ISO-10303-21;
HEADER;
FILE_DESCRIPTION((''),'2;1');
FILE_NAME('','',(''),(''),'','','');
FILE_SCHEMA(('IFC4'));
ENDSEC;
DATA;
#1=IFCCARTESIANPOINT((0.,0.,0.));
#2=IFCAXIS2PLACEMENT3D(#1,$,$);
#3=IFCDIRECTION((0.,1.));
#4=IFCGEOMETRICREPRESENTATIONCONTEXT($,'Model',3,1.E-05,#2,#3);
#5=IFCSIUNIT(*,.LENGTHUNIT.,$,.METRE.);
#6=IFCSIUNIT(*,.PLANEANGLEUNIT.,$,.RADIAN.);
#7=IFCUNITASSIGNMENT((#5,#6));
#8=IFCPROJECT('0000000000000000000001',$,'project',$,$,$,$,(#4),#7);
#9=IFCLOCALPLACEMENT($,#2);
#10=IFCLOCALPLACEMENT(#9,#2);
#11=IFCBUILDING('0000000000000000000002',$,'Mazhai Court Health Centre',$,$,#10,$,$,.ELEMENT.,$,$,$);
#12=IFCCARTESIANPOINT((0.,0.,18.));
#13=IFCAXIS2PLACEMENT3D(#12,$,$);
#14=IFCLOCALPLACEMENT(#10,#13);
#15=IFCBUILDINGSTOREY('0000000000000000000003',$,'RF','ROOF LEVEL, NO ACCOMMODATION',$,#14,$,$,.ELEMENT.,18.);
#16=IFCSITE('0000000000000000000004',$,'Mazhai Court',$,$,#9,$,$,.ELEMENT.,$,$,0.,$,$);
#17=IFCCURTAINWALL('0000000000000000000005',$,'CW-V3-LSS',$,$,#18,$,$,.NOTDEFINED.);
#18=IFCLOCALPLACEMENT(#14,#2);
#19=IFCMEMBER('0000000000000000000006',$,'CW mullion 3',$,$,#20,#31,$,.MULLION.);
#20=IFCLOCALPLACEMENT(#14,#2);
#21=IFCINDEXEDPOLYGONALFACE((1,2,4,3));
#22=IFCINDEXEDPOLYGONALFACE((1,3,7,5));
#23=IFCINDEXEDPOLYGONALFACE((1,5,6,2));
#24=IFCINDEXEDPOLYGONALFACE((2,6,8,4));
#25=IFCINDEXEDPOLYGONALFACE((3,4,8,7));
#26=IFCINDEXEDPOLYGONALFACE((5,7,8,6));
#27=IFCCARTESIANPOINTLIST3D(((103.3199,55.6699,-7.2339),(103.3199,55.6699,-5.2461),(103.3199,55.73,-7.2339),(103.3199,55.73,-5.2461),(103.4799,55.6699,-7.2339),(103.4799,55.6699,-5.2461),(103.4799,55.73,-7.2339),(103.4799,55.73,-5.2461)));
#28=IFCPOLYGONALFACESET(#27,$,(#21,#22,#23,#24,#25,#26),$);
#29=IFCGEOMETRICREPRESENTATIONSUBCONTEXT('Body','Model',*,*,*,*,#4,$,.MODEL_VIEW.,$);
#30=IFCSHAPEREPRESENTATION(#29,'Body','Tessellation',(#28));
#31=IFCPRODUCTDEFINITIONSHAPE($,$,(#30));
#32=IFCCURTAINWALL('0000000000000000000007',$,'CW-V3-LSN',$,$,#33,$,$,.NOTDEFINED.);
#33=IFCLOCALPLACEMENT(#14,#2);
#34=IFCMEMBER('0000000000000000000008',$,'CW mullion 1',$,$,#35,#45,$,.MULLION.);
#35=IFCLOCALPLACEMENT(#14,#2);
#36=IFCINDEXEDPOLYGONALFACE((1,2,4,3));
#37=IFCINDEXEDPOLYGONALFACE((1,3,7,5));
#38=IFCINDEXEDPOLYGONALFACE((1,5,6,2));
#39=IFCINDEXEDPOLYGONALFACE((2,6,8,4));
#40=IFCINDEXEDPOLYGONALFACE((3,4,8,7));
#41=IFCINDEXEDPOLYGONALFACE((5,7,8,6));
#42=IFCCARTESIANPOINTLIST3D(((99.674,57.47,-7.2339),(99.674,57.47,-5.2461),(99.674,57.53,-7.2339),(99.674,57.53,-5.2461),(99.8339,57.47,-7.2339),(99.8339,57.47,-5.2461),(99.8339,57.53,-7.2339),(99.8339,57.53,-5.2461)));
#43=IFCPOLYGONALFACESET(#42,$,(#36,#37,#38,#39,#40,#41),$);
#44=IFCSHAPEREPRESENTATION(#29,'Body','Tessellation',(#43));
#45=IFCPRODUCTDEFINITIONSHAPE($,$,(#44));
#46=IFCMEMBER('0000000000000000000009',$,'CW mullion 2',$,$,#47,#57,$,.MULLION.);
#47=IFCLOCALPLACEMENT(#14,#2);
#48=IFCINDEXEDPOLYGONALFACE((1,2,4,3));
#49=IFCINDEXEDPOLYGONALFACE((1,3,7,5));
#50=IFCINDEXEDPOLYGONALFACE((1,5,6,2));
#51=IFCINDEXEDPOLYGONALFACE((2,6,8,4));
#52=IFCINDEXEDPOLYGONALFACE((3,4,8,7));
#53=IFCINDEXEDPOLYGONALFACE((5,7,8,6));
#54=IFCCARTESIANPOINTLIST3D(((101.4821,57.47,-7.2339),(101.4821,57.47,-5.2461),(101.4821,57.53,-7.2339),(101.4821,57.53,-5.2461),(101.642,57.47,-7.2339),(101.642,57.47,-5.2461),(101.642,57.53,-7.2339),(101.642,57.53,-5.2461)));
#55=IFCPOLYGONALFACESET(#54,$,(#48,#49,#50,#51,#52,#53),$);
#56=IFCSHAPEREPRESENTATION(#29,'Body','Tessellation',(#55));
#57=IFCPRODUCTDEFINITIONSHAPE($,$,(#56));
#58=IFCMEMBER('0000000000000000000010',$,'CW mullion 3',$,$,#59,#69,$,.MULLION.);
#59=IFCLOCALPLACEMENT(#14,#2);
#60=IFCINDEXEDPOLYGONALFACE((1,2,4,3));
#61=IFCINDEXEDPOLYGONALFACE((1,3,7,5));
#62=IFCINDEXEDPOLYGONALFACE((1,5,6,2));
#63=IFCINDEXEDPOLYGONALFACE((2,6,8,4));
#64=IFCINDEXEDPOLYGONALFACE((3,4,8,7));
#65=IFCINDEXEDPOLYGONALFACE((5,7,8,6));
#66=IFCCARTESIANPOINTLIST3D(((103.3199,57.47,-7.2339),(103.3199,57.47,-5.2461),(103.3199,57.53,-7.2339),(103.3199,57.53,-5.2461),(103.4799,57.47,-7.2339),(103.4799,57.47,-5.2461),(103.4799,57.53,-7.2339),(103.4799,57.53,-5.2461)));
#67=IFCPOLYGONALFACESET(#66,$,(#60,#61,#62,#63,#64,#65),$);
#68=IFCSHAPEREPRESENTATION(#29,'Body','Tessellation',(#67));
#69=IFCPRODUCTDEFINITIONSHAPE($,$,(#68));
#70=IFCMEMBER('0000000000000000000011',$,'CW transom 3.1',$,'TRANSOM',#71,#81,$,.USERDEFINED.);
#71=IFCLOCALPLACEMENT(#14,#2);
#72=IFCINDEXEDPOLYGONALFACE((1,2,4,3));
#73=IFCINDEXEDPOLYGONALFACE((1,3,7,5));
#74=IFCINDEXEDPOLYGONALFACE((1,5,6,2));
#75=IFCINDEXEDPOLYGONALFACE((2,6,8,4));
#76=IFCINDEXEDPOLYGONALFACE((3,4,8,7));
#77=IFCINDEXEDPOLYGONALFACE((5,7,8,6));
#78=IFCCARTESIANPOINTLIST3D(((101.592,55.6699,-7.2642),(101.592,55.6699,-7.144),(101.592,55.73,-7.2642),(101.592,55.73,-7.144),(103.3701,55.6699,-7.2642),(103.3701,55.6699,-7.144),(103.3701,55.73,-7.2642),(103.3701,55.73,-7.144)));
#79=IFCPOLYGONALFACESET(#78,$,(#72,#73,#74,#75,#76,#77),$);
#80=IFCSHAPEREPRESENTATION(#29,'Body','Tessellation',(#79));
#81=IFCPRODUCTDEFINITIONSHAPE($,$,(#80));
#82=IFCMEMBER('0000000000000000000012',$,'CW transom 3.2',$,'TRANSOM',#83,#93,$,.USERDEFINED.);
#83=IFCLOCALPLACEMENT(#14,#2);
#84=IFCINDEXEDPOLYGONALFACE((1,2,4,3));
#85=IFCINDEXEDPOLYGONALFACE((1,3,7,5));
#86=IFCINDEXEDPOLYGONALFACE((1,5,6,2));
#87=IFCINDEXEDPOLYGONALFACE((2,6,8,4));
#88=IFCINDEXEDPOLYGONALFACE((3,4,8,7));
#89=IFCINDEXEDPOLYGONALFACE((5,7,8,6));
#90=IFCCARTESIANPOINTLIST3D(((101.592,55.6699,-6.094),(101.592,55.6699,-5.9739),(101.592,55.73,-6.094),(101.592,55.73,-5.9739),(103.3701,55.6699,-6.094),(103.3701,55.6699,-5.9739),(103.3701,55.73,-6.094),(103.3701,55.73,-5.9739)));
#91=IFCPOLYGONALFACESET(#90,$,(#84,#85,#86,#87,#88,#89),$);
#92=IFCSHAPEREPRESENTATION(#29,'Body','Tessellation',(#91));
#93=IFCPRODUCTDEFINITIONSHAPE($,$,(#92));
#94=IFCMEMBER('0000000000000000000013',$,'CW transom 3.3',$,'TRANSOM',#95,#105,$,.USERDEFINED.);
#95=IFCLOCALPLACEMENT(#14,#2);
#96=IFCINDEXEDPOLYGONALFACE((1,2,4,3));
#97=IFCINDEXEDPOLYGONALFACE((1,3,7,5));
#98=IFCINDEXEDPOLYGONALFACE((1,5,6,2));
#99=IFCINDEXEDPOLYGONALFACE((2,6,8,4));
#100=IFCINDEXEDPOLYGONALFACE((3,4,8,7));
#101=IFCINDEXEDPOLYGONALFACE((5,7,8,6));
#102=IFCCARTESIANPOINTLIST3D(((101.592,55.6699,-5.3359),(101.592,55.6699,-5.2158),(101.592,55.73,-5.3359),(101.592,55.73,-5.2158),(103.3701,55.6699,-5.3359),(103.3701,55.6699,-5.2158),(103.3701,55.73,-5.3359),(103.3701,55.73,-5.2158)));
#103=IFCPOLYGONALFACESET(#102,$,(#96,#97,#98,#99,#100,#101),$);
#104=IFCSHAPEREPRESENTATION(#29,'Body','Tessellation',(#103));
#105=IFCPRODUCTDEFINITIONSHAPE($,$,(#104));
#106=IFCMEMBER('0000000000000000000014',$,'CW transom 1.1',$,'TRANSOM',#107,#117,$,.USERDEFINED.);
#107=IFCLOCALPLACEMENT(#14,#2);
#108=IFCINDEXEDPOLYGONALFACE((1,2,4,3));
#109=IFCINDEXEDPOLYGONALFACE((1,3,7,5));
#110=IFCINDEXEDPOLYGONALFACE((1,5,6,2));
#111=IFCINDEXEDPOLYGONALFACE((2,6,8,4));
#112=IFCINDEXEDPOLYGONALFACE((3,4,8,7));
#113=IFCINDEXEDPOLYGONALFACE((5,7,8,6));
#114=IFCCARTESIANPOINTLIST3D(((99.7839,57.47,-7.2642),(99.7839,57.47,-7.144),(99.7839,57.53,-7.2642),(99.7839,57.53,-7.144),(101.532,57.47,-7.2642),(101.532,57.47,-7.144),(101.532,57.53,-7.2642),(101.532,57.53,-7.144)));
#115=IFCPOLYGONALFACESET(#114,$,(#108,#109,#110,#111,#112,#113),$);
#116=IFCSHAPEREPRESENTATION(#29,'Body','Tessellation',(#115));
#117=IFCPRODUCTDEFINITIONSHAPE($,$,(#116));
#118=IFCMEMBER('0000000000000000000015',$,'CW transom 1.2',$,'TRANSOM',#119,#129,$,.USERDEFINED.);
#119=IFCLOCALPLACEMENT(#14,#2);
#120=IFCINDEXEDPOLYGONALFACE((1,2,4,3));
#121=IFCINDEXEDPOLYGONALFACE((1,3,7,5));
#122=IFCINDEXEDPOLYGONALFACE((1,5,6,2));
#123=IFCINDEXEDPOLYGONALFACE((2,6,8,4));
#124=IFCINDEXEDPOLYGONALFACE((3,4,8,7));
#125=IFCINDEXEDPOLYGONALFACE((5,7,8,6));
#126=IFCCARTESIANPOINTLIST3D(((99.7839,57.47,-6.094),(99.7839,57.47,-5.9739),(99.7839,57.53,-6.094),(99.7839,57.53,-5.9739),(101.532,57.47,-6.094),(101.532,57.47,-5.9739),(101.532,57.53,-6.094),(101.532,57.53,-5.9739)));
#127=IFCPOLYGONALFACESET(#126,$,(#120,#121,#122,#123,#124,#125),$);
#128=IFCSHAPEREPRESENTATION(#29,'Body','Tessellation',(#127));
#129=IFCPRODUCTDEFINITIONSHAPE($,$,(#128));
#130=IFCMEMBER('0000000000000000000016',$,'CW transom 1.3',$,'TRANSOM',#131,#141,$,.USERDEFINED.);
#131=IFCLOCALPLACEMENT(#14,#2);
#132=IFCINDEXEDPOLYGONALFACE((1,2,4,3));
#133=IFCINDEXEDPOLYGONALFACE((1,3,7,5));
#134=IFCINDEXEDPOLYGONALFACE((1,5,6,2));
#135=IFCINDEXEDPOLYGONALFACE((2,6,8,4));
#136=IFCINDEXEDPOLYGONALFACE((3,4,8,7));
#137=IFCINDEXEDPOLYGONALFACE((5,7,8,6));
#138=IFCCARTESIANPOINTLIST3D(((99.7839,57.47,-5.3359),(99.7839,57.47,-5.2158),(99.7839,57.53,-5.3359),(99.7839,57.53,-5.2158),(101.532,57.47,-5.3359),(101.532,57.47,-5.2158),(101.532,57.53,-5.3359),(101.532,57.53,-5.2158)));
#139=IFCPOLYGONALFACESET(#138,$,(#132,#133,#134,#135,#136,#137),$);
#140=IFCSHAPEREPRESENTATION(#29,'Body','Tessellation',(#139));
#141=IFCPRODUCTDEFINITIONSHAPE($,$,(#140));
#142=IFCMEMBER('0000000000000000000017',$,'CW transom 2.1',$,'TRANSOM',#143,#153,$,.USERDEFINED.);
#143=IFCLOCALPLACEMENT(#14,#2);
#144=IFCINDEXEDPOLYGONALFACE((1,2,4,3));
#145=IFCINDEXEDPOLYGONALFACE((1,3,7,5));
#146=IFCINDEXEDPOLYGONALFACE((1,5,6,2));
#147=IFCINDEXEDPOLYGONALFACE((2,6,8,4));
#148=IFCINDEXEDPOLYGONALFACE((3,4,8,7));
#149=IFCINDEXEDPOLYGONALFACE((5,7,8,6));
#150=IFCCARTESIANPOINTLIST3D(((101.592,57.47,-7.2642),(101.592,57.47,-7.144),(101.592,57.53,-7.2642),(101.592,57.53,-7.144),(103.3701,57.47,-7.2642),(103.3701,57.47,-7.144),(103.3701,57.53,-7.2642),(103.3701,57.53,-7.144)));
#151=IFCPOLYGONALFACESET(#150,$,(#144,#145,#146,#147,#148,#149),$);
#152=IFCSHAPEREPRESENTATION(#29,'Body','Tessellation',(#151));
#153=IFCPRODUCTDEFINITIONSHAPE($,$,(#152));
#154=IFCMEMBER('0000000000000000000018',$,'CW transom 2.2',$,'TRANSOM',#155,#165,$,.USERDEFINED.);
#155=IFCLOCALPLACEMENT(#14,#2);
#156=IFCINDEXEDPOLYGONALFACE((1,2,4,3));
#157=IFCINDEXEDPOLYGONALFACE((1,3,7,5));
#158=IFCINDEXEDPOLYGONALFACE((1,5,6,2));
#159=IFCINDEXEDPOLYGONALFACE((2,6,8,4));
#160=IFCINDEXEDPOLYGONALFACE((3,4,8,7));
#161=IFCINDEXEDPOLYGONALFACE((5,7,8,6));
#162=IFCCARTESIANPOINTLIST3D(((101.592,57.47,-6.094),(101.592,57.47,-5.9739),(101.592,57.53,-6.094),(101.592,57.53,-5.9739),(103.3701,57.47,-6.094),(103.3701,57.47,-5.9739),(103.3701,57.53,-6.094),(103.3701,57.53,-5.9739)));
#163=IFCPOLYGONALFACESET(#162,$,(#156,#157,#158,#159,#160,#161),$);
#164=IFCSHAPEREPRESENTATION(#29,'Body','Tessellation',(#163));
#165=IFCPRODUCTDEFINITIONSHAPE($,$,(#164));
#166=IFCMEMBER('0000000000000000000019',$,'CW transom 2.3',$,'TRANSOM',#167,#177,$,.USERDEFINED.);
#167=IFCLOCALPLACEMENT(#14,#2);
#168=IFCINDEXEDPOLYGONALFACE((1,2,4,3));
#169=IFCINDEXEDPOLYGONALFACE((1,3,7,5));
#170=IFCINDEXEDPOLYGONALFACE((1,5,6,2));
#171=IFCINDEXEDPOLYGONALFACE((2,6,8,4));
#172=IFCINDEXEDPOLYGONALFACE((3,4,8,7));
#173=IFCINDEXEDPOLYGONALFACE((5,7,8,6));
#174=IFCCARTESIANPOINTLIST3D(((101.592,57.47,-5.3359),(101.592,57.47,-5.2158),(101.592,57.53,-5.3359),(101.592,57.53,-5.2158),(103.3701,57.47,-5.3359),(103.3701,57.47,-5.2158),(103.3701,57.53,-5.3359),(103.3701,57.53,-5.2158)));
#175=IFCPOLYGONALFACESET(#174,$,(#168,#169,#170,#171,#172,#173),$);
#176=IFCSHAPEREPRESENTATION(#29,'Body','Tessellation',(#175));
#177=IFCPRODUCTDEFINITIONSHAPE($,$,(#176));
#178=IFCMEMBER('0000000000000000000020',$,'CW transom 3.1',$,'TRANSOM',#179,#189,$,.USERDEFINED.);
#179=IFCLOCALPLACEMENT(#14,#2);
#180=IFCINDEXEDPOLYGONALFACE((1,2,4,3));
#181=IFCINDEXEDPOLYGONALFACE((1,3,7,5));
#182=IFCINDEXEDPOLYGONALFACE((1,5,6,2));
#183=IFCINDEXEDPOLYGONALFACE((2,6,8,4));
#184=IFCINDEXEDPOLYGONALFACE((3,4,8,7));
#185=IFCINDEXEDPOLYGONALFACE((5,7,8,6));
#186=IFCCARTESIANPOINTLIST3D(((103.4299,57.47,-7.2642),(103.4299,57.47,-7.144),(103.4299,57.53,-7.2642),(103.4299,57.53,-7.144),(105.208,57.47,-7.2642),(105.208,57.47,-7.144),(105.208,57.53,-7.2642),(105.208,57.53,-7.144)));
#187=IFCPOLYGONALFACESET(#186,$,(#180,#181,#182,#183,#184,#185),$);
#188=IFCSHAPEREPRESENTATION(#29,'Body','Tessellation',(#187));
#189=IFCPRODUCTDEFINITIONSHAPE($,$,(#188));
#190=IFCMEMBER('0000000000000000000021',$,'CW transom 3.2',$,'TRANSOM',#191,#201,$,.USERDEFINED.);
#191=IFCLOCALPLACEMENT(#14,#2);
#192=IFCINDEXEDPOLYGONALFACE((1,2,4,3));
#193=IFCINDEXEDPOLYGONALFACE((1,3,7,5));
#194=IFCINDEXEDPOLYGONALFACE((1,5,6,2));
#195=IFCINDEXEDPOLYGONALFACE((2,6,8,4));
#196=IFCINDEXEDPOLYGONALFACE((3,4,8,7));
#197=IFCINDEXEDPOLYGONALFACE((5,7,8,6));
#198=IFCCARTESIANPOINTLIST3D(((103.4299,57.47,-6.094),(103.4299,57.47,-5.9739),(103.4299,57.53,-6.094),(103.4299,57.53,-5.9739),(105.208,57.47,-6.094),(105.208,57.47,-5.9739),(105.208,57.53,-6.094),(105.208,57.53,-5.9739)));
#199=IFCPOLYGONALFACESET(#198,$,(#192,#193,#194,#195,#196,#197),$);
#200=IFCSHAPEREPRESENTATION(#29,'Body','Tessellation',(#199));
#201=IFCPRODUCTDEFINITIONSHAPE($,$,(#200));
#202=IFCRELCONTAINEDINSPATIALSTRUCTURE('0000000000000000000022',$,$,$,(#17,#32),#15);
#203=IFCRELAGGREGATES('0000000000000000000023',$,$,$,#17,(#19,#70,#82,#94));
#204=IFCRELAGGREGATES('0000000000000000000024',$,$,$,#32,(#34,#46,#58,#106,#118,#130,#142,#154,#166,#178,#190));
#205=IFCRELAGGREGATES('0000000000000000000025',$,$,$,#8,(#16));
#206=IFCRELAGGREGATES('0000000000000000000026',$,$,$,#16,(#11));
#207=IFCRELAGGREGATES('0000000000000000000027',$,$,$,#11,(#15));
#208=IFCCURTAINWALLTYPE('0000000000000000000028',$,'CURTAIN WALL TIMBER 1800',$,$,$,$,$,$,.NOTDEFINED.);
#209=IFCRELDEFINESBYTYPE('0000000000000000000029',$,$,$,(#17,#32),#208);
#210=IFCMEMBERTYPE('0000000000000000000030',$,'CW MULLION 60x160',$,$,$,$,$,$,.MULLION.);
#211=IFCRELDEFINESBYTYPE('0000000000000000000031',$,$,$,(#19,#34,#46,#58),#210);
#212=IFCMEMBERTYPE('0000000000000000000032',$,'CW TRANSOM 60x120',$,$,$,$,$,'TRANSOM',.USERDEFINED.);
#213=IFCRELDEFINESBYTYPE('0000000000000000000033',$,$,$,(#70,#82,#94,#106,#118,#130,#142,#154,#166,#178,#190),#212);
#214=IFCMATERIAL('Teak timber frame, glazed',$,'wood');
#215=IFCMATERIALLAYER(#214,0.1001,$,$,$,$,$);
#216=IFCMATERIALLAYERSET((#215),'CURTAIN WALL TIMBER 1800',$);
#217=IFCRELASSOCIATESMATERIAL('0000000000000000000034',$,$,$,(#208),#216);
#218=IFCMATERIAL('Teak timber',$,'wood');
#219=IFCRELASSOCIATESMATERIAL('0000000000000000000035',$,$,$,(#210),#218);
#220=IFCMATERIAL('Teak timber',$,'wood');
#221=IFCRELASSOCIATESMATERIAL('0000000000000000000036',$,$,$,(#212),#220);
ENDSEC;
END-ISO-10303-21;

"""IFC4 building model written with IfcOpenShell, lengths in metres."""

from ifc_helpers import new_model, si_unit, direction, frame, origin, origin_2d, place, context, subcontext, project, spatial, rectangle, extrude, material, layer, layer_set, material_profile, profile_set, type_object, element, aggregate, save


model = new_model("IFC4")

# Units and contexts
model_context = context("Model", 3, precision=1e-05, world=origin(), true_north=direction((0.0, 1.0)))
body_context = subcontext(model_context, "Body", "Model", "MODEL_VIEW")
ifc_project = project(units=[si_unit("LENGTHUNIT", "METRE"), si_unit("PLANEANGLEUNIT", "RADIAN")], contexts=[model_context])

# Site, building, storey
site_placement = place(None, origin())
site = spatial("IfcSite", under=ifc_project, at=site_placement, Name="Mazhai Court", CompositionType="ELEMENT", RefElevation=0.0)
building_placement = place(site_placement, origin())
building = spatial("IfcBuilding", under=site, at=building_placement, Name="Mazhai Court Health Centre", CompositionType="ELEMENT")
storey_placement = place(building_placement, frame((0.0, 0.0, 18.0)))
storey = spatial("IfcBuildingStorey", under=building, at=storey_placement, Name="RF", Description="ROOF LEVEL, NO ACCOMMODATION", CompositionType="ELEMENT", Elevation=18.0)

# Curtain wall, member
ifc_material_1 = material(Name="Teak timber frame, glazed", Category="wood")
ifc_layer_1 = layer(ifc_material_1, 0.1001)
ifc_layer_set_1 = layer_set([ifc_layer_1], Name="CURTAIN WALL TIMBER 1800")
curtain_wall_type = type_object("IfcCurtainWallType", Name="CURTAIN WALL TIMBER 1800", PredefinedType="NOTDEFINED", material=ifc_layer_set_1)
curtain_wall_1_placement = place(storey_placement, origin())
curtain_wall_1 = element("IfcCurtainWall", 1, at=curtain_wall_1_placement, inside=storey, type_object=curtain_wall_type, Name="CW-V3-LSS", PredefinedType="NOTDEFINED")
ifc_material_2 = material(Name="Teak timber", Category="wood")
ifc_material_profile_1 = material_profile(ifc_material_2, rectangle(XDim=0.0601, YDim=0.1599, at=origin_2d()), Name="CW MULLION 60x160")
ifc_profile_set_1 = profile_set([ifc_material_profile_1], Name="Teak timber")
member_type_1 = type_object("IfcMemberType", Name="CW MULLION 60x160", PredefinedType="MULLION", material=ifc_profile_set_1)
member_1_placement = place(storey_placement, frame((103.3999, 55.7, -7.2339), z_axis=(0.0, 0.0, 1.0), x_axis=(0.0, -1.0, 0.0)))
member_1 = element("IfcMember", 2, at=member_1_placement, type_object=member_type_1, Name="CW mullion 3", PredefinedType="MULLION", context=body_context, shape_type="SweptSolid", body=[
    extrude(rectangle(XDim=0.0601, YDim=0.1599, at=origin_2d()), origin(), (0.0, 0.0, 1.0), 1.9878),
])

# Curtain wall, members
curtain_wall_2_placement = place(storey_placement, origin())
curtain_wall_2 = element("IfcCurtainWall", 3, at=curtain_wall_2_placement, inside=storey, type_object=curtain_wall_type, Name="CW-V3-LSN", PredefinedType="NOTDEFINED")
member_2_placement = place(storey_placement, frame((99.7539, 57.5, -7.2339), z_axis=(0.0, 0.0, 1.0), x_axis=(0.0, 1.0, 0.0)))
member_2 = element("IfcMember", 4, at=member_2_placement, type_object=member_type_1, Name="CW mullion 1", PredefinedType="MULLION", context=body_context, shape_type="SweptSolid", body=[
    extrude(rectangle(XDim=0.0601, YDim=0.1599, at=origin_2d()), origin(), (0.0, 0.0, 1.0), 1.9878),
])
member_3_placement = place(storey_placement, frame((101.562, 57.5, -7.2339), z_axis=(0.0, 0.0, 1.0), x_axis=(0.0, 1.0, 0.0)))
member_3 = element("IfcMember", 5, at=member_3_placement, type_object=member_type_1, Name="CW mullion 2", PredefinedType="MULLION", context=body_context, shape_type="SweptSolid", body=[
    extrude(rectangle(XDim=0.0601, YDim=0.1599, at=origin_2d()), origin(), (0.0, 0.0, 1.0), 1.9878),
])
member_4_placement = place(storey_placement, frame((103.3999, 57.5, -7.2339), z_axis=(0.0, 0.0, 1.0), x_axis=(0.0, 1.0, 0.0)))
member_4 = element("IfcMember", 6, at=member_4_placement, type_object=member_type_1, Name="CW mullion 3", PredefinedType="MULLION", context=body_context, shape_type="SweptSolid", body=[
    extrude(rectangle(XDim=0.0601, YDim=0.1599, at=origin_2d()), origin(), (0.0, 0.0, 1.0), 1.9878),
])

# Members
ifc_material_3 = material(Name="Teak timber", Category="wood")
ifc_material_profile_2 = material_profile(ifc_material_3, rectangle(XDim=0.0601, YDim=0.1201, at=origin_2d()), Name="CW TRANSOM 60x120")
ifc_profile_set_2 = profile_set([ifc_material_profile_2], Name="Teak timber")
member_type_2 = type_object("IfcMemberType", Name="CW TRANSOM 60x120", ElementType="TRANSOM", PredefinedType="USERDEFINED", material=ifc_profile_set_2)
member_5_placement = place(storey_placement, frame((103.3701, 55.7, -7.2041), z_axis=(-1.0, 0.0, 0.0), x_axis=(0.0, -1.0, 0.0)))
member_5 = element("IfcMember", 7, at=member_5_placement, type_object=member_type_2, Name="CW transom 3.1", ObjectType="TRANSOM", PredefinedType="USERDEFINED", context=body_context, shape_type="SweptSolid", body=[
    extrude(rectangle(XDim=0.0601, YDim=0.1201, at=origin_2d()), origin(), (0.0, 0.0, 1.0), 1.7781),
])
member_6_placement = place(storey_placement, frame((103.3701, 55.7, -6.0339), z_axis=(-1.0, 0.0, 0.0), x_axis=(0.0, -1.0, 0.0)))
member_6 = element("IfcMember", 8, at=member_6_placement, type_object=member_type_2, Name="CW transom 3.2", ObjectType="TRANSOM", PredefinedType="USERDEFINED", context=body_context, shape_type="SweptSolid", body=[
    extrude(rectangle(XDim=0.0601, YDim=0.1201, at=origin_2d()), origin(), (0.0, 0.0, 1.0), 1.7781),
])
member_7_placement = place(storey_placement, frame((103.3701, 55.7, -5.2759), z_axis=(-1.0, 0.0, 0.0), x_axis=(0.0, -1.0, 0.0)))
member_7 = element("IfcMember", 9, at=member_7_placement, type_object=member_type_2, Name="CW transom 3.3", ObjectType="TRANSOM", PredefinedType="USERDEFINED", context=body_context, shape_type="SweptSolid", body=[
    extrude(rectangle(XDim=0.0601, YDim=0.1201, at=origin_2d()), origin(), (0.0, 0.0, 1.0), 1.7781),
])
aggregate(curtain_wall_1, [member_1, member_5, member_6, member_7])
member_8_placement = place(storey_placement, frame((99.7839, 57.5, -7.2041), z_axis=(1.0, 0.0, 0.0), x_axis=(0.0, 1.0, 0.0)))
member_8 = element("IfcMember", 10, at=member_8_placement, type_object=member_type_2, Name="CW transom 1.1", ObjectType="TRANSOM", PredefinedType="USERDEFINED", context=body_context, shape_type="SweptSolid", body=[
    extrude(rectangle(XDim=0.0601, YDim=0.1201, at=origin_2d()), origin(), (0.0, 0.0, 1.0), 1.748),
])
member_9_placement = place(storey_placement, frame((99.7839, 57.5, -6.0339), z_axis=(1.0, 0.0, 0.0), x_axis=(0.0, 1.0, 0.0)))
member_9 = element("IfcMember", 11, at=member_9_placement, type_object=member_type_2, Name="CW transom 1.2", ObjectType="TRANSOM", PredefinedType="USERDEFINED", context=body_context, shape_type="SweptSolid", body=[
    extrude(rectangle(XDim=0.0601, YDim=0.1201, at=origin_2d()), origin(), (0.0, 0.0, 1.0), 1.748),
])
member_10_placement = place(storey_placement, frame((99.7839, 57.5, -5.2759), z_axis=(1.0, 0.0, 0.0), x_axis=(0.0, 1.0, 0.0)))
member_10 = element("IfcMember", 12, at=member_10_placement, type_object=member_type_2, Name="CW transom 1.3", ObjectType="TRANSOM", PredefinedType="USERDEFINED", context=body_context, shape_type="SweptSolid", body=[
    extrude(rectangle(XDim=0.0601, YDim=0.1201, at=origin_2d()), origin(), (0.0, 0.0, 1.0), 1.748),
])
member_11_placement = place(storey_placement, frame((101.592, 57.5, -7.2041), z_axis=(1.0, 0.0, 0.0), x_axis=(0.0, 1.0, 0.0)))
member_11 = element("IfcMember", 13, at=member_11_placement, type_object=member_type_2, Name="CW transom 2.1", ObjectType="TRANSOM", PredefinedType="USERDEFINED", context=body_context, shape_type="SweptSolid", body=[
    extrude(rectangle(XDim=0.0601, YDim=0.1201, at=origin_2d()), origin(), (0.0, 0.0, 1.0), 1.7781),
])
member_12_placement = place(storey_placement, frame((101.592, 57.5, -6.0339), z_axis=(1.0, 0.0, 0.0), x_axis=(0.0, 1.0, 0.0)))
member_12 = element("IfcMember", 14, at=member_12_placement, type_object=member_type_2, Name="CW transom 2.2", ObjectType="TRANSOM", PredefinedType="USERDEFINED", context=body_context, shape_type="SweptSolid", body=[
    extrude(rectangle(XDim=0.0601, YDim=0.1201, at=origin_2d()), origin(), (0.0, 0.0, 1.0), 1.7781),
])
member_13_placement = place(storey_placement, frame((101.592, 57.5, -5.2759), z_axis=(1.0, 0.0, 0.0), x_axis=(0.0, 1.0, 0.0)))
member_13 = element("IfcMember", 15, at=member_13_placement, type_object=member_type_2, Name="CW transom 2.3", ObjectType="TRANSOM", PredefinedType="USERDEFINED", context=body_context, shape_type="SweptSolid", body=[
    extrude(rectangle(XDim=0.0601, YDim=0.1201, at=origin_2d()), origin(), (0.0, 0.0, 1.0), 1.7781),
])
member_14_placement = place(storey_placement, frame((103.4299, 57.5, -7.2041), z_axis=(1.0, 0.0, 0.0), x_axis=(0.0, 1.0, 0.0)))
member_14 = element("IfcMember", 16, at=member_14_placement, type_object=member_type_2, Name="CW transom 3.1", ObjectType="TRANSOM", PredefinedType="USERDEFINED", context=body_context, shape_type="SweptSolid", body=[
    extrude(rectangle(XDim=0.0601, YDim=0.1201, at=origin_2d()), origin(), (0.0, 0.0, 1.0), 1.7781),
])
member_15_placement = place(storey_placement, frame((103.4299, 57.5, -6.0339), z_axis=(1.0, 0.0, 0.0), x_axis=(0.0, 1.0, 0.0)))
member_15 = element("IfcMember", 17, at=member_15_placement, type_object=member_type_2, Name="CW transom 3.2", ObjectType="TRANSOM", PredefinedType="USERDEFINED", context=body_context, shape_type="SweptSolid", body=[
    extrude(rectangle(XDim=0.0601, YDim=0.1201, at=origin_2d()), origin(), (0.0, 0.0, 1.0), 1.7781),
])

aggregate(curtain_wall_2, [member_2, member_3, member_4, member_8, member_9, member_10, member_11, member_12, member_13, member_14, member_15])

save(model, "model.ifc")
